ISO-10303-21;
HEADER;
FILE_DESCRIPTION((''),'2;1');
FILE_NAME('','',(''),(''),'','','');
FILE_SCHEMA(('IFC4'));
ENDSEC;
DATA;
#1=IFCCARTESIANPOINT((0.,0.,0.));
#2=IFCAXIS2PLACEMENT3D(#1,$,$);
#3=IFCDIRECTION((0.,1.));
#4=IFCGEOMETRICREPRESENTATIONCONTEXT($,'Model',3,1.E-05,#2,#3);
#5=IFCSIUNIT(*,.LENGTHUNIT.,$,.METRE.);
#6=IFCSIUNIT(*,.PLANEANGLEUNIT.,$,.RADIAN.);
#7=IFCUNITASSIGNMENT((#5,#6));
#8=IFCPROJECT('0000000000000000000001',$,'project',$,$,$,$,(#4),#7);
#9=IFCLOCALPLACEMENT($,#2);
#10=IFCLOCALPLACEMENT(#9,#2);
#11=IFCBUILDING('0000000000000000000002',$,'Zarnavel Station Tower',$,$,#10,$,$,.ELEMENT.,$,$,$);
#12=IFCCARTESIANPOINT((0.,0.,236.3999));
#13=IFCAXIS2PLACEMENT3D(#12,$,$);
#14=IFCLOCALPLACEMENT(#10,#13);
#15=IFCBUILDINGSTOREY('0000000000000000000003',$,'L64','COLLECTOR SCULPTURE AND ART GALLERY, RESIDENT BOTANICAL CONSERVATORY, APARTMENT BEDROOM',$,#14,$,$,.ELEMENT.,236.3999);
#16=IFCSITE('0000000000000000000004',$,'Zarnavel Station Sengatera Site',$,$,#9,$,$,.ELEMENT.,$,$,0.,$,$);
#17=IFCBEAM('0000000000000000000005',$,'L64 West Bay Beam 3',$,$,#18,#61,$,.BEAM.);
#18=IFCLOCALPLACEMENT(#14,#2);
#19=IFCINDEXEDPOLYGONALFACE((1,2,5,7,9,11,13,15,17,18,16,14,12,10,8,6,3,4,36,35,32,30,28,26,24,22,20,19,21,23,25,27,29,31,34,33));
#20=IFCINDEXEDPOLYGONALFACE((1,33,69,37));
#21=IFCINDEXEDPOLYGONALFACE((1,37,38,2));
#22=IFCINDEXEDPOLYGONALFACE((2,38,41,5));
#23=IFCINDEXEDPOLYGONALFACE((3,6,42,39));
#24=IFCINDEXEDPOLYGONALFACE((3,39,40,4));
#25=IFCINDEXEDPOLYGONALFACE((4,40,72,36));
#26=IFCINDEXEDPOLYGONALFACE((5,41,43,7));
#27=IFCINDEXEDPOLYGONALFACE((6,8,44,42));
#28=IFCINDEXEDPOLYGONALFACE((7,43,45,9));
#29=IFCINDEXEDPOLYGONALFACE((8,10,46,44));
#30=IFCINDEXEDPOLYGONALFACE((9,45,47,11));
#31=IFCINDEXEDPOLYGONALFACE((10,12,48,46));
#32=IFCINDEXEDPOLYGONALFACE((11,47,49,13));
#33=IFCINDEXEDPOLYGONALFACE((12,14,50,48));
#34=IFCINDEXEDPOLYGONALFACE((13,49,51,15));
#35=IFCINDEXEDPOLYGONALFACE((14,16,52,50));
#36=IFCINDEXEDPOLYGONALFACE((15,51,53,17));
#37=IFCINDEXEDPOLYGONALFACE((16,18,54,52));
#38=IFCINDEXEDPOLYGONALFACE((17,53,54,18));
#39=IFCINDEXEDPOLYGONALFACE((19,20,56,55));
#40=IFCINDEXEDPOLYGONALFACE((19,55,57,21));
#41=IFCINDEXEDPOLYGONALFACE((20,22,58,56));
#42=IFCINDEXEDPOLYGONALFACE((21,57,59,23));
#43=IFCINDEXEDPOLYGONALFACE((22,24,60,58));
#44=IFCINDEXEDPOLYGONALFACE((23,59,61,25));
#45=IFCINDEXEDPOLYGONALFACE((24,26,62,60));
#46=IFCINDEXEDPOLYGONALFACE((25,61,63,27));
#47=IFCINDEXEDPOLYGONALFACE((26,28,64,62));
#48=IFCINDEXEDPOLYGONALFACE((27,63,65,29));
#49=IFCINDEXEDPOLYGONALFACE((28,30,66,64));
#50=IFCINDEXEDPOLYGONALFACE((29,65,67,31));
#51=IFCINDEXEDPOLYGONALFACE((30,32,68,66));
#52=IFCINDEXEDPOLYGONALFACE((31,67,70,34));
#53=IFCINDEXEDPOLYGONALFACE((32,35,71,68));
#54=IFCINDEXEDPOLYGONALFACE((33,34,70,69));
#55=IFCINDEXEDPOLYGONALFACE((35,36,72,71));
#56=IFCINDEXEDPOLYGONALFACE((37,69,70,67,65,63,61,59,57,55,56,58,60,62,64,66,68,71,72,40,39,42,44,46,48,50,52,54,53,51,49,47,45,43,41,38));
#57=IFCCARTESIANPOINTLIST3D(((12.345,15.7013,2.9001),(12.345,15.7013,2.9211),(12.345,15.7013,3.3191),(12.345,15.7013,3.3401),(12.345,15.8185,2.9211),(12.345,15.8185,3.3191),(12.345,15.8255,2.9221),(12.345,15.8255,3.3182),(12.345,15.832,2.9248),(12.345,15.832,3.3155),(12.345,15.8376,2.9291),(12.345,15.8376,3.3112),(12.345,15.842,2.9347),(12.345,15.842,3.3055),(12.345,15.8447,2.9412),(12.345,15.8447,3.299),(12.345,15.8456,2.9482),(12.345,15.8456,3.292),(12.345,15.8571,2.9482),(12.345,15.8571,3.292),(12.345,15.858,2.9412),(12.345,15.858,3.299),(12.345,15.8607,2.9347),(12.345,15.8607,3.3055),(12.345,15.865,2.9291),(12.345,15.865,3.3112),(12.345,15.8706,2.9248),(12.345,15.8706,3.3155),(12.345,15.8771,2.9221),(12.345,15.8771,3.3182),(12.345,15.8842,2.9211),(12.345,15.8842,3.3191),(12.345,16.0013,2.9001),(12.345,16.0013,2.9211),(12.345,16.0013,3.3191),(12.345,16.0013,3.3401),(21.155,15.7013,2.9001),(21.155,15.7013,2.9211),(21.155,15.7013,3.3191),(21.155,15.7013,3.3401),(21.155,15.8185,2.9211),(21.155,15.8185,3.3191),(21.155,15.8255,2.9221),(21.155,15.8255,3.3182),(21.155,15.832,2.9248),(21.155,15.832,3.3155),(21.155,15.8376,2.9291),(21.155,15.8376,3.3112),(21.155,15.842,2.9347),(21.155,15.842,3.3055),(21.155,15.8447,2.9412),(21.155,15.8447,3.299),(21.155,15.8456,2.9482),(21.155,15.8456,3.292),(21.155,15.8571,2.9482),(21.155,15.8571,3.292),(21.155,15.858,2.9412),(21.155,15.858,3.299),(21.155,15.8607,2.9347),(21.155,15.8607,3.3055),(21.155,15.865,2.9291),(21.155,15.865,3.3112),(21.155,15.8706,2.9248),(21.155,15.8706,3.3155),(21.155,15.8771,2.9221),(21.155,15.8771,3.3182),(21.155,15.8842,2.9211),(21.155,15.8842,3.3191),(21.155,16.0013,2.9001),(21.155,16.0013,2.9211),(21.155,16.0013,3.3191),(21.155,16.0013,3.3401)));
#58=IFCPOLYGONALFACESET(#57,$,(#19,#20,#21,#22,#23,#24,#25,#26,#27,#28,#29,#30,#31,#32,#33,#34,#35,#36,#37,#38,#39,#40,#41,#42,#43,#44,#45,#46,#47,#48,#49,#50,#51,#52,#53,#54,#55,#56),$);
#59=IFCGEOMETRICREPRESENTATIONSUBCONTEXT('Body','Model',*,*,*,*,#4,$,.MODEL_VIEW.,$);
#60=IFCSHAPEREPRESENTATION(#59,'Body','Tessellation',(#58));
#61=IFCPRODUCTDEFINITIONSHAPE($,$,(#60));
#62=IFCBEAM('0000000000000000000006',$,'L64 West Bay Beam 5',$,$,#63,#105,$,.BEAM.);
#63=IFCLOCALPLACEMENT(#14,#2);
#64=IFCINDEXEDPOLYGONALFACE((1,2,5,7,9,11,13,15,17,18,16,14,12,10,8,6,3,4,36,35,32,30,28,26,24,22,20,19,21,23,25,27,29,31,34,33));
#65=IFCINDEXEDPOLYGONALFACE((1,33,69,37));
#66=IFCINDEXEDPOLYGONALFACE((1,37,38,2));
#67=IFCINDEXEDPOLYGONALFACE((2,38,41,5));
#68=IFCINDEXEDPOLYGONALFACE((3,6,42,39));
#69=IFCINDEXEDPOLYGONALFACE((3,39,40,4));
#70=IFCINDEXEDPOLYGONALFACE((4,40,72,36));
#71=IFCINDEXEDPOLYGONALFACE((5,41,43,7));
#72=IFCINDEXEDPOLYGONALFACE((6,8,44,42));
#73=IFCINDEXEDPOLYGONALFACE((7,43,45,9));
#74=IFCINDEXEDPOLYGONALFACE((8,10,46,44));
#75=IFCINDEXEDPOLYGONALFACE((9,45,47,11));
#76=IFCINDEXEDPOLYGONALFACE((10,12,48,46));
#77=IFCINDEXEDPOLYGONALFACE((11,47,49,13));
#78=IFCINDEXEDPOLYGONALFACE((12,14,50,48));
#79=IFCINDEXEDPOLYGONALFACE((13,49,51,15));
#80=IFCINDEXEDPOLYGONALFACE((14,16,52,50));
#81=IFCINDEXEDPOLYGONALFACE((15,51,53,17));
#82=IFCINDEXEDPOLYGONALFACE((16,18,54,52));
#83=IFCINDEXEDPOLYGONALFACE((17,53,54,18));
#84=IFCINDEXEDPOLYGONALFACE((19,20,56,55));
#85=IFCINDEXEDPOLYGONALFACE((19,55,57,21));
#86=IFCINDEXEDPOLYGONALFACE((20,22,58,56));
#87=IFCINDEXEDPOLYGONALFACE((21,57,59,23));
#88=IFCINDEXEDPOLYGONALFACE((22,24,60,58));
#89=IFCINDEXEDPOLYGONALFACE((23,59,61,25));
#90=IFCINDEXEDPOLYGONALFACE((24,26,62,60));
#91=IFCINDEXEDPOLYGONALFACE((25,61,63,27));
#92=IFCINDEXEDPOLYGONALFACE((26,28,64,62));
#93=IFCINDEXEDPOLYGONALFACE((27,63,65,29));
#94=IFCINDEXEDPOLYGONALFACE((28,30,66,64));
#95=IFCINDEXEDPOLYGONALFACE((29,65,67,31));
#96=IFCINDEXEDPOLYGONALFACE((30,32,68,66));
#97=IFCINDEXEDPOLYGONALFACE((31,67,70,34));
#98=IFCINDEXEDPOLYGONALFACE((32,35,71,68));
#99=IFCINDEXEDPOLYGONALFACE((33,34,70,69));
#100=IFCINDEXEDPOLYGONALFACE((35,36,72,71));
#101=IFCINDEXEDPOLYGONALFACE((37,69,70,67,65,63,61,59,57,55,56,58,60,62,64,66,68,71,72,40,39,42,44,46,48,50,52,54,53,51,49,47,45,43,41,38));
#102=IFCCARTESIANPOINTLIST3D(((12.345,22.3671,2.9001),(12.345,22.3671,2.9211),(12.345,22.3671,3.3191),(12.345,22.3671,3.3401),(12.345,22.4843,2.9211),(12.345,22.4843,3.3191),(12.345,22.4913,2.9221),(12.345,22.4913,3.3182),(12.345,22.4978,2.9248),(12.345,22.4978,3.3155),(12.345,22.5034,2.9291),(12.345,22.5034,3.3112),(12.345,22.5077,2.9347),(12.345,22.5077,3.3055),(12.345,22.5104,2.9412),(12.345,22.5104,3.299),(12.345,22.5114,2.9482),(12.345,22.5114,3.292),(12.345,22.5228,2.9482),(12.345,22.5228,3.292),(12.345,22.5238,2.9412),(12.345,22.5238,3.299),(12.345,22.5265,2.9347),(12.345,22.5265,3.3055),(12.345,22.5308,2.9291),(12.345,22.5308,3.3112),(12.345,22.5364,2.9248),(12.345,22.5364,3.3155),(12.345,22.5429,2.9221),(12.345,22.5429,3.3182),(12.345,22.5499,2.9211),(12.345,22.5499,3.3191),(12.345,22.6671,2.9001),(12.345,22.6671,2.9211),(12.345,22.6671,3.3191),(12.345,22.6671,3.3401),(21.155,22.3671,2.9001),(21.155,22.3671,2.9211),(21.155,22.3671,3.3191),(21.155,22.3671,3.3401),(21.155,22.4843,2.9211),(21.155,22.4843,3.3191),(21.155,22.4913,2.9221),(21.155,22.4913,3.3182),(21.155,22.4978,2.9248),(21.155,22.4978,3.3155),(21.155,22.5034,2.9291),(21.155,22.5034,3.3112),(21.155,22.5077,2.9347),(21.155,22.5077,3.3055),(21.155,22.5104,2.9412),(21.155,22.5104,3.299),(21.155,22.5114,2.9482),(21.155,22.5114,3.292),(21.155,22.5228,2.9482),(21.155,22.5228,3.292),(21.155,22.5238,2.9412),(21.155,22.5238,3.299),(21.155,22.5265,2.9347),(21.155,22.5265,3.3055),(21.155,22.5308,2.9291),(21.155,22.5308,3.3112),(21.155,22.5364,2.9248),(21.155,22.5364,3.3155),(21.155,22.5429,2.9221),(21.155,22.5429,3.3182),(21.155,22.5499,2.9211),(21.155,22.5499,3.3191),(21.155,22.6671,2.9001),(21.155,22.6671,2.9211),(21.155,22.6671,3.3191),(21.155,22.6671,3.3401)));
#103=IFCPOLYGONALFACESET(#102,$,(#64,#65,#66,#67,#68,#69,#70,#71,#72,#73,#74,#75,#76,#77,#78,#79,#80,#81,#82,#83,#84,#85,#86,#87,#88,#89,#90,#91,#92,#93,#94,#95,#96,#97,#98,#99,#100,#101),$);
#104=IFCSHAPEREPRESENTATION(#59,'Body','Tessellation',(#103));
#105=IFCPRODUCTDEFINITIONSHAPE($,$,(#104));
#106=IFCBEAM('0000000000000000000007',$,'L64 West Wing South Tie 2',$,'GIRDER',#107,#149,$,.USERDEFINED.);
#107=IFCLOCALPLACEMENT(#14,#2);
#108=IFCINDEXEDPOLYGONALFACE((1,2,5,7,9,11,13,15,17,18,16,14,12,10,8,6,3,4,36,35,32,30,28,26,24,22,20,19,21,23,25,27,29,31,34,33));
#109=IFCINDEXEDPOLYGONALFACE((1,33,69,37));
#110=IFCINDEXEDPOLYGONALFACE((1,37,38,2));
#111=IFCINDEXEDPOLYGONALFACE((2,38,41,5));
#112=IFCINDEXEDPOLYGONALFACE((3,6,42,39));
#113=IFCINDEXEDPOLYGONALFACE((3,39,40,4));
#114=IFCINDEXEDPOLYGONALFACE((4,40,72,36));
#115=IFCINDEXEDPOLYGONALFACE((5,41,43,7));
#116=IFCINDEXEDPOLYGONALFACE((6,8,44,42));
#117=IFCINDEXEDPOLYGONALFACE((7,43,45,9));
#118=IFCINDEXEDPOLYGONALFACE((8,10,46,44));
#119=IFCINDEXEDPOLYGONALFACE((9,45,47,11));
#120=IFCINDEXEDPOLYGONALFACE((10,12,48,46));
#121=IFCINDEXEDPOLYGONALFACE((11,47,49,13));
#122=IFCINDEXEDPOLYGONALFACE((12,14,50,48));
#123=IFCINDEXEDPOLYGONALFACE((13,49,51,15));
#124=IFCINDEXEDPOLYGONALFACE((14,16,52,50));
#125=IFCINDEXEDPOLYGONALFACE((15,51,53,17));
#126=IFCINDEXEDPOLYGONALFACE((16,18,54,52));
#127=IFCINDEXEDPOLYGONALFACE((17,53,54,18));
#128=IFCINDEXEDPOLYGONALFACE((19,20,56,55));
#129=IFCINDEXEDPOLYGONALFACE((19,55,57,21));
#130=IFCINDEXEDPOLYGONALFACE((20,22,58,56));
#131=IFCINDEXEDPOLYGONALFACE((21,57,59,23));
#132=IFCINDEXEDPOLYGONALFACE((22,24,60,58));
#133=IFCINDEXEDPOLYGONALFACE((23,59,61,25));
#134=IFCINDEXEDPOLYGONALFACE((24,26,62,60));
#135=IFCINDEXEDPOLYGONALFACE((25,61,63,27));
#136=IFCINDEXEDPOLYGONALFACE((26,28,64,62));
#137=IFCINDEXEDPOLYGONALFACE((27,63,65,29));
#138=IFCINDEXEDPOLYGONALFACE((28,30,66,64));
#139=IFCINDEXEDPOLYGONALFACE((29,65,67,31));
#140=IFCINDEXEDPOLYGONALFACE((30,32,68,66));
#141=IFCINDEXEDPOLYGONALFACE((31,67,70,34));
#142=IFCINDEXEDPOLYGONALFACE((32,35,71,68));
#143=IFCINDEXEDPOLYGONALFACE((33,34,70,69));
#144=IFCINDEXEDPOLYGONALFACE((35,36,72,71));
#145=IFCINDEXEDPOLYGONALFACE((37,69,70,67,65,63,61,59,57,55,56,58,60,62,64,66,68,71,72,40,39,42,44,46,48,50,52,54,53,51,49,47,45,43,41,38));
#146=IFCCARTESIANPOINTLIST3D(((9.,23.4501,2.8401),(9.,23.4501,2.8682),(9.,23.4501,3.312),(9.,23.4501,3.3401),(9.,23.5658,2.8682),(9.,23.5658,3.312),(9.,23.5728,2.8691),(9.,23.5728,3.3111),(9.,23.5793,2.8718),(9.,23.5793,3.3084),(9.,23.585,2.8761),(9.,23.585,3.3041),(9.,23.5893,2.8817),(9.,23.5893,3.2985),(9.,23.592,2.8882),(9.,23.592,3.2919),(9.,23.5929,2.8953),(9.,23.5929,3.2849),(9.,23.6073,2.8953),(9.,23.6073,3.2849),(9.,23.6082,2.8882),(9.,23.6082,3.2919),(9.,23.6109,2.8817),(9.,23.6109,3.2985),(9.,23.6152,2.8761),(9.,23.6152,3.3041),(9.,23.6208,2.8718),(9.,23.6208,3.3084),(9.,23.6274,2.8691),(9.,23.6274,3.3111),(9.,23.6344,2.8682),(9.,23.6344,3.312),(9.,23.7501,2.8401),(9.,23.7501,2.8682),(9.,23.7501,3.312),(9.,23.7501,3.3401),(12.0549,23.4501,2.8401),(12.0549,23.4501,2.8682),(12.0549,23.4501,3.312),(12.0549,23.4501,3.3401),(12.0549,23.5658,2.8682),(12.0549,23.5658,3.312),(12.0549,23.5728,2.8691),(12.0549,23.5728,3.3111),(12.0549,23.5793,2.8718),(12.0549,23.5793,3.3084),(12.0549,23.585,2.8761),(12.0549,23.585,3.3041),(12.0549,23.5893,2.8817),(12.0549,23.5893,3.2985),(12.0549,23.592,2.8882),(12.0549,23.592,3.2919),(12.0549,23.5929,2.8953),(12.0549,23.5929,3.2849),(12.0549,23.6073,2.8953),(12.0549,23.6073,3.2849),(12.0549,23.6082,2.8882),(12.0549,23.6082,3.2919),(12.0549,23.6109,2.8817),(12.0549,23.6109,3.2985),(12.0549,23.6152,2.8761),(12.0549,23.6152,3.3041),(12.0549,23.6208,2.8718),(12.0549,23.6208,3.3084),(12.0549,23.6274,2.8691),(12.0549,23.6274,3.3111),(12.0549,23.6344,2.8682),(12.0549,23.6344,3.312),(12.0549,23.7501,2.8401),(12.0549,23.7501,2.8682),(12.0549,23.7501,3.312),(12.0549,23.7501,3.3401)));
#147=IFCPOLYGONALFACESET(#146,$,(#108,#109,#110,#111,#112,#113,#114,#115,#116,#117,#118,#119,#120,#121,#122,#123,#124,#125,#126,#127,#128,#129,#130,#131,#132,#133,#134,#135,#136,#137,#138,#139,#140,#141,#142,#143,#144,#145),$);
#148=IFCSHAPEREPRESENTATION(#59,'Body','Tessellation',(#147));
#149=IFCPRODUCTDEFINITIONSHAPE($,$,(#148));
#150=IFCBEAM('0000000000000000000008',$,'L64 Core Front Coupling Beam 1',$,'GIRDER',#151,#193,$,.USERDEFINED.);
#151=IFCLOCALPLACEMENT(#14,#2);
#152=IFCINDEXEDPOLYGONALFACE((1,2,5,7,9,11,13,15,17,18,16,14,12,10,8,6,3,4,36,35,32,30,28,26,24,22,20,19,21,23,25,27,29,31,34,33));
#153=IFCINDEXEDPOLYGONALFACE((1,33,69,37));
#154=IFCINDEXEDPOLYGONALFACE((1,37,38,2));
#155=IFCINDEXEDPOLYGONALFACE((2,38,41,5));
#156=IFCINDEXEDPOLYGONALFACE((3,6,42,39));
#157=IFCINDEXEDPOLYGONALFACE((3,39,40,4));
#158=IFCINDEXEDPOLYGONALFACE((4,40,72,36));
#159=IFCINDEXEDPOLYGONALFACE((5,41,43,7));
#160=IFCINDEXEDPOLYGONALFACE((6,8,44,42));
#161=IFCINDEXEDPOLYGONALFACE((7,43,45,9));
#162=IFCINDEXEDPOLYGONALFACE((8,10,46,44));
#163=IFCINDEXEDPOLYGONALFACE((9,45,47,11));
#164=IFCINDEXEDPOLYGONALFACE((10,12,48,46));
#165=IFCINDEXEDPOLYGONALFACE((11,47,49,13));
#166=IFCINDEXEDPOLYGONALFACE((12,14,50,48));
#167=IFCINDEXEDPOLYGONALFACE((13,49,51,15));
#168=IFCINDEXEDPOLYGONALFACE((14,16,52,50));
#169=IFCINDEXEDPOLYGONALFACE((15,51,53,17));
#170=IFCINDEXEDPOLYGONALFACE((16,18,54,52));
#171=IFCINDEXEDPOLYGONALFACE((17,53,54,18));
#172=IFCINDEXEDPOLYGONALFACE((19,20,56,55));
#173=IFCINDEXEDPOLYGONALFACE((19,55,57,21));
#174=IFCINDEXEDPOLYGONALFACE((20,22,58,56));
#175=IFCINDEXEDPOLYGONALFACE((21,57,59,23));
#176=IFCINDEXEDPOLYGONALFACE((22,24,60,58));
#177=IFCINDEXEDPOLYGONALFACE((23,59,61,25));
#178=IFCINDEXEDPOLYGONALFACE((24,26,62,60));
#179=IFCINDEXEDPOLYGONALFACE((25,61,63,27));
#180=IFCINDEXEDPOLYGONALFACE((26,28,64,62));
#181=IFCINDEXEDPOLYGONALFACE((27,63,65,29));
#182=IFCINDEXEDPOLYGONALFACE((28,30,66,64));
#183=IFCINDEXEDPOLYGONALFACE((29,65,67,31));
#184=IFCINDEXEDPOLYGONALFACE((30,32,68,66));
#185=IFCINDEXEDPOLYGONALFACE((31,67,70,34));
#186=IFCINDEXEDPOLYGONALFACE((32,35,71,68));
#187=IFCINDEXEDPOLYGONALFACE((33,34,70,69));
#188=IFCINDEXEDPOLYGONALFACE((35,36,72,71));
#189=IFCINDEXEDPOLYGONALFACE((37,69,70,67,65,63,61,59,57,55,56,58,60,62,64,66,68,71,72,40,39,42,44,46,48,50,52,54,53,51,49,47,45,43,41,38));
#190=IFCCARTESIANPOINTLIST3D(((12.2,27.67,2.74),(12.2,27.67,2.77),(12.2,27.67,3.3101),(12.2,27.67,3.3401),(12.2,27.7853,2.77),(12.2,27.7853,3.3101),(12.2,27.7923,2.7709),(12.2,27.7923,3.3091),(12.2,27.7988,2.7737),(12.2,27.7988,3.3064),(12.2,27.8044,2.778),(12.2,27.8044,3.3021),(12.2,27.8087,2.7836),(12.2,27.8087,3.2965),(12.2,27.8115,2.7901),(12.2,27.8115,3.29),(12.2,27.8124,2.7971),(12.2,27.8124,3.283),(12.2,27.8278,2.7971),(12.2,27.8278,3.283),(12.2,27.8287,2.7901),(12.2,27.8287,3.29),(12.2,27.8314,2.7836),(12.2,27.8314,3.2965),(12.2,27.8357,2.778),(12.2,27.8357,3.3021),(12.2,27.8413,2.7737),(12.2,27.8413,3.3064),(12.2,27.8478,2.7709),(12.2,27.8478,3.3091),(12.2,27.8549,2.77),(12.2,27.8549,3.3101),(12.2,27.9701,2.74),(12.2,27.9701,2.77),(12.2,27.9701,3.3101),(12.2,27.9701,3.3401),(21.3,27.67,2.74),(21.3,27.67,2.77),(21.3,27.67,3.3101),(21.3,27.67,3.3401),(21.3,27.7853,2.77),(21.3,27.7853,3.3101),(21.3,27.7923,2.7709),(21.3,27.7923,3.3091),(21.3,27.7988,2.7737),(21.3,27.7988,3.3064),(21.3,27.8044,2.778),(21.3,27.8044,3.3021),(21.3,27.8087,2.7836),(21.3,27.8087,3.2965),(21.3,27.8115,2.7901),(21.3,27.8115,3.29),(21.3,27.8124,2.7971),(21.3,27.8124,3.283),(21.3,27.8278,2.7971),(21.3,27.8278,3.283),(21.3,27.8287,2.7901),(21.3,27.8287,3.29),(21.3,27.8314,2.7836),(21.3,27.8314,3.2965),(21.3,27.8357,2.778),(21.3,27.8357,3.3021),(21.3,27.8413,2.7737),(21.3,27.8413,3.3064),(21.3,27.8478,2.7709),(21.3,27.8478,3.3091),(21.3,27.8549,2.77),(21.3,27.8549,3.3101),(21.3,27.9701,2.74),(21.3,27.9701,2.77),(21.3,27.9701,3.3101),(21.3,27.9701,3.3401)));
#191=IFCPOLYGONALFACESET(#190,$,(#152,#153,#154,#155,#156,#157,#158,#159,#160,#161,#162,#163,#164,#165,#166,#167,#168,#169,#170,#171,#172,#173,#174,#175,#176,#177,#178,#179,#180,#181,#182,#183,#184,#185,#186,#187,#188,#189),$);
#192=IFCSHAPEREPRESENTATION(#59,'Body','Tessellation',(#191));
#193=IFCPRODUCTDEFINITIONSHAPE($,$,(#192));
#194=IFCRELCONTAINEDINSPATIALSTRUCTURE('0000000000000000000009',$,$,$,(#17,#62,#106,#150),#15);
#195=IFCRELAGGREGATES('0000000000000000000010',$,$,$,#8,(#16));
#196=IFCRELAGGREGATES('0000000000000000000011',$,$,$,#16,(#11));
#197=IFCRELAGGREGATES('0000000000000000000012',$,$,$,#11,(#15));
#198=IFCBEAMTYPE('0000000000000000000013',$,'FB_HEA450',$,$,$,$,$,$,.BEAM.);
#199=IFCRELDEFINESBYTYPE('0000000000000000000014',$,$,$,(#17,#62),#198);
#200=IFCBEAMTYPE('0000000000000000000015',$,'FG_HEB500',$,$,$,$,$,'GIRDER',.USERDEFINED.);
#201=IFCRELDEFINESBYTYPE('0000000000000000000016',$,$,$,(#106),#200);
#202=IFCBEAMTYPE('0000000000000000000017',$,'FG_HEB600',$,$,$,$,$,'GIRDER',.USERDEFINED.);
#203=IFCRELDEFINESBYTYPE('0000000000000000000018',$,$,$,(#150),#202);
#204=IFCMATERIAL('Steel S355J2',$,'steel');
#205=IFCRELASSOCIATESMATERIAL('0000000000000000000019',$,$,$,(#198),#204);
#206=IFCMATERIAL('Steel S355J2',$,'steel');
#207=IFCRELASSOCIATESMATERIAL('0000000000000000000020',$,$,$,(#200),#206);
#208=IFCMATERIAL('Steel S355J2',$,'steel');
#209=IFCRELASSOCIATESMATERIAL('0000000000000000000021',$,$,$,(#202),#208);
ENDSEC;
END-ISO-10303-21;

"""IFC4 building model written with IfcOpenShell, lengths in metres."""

from ifc_helpers import new_model, si_unit, direction, frame, origin, origin_2d, place, context, subcontext, project, spatial, i_section, extrude, material, material_profile, profile_set, type_object, element, save


model = new_model("IFC4")

# Units and contexts
model_context = context("Model", 3, precision=1e-05, world=origin(), true_north=direction((0.0, 1.0)))
body_context = subcontext(model_context, "Body", "Model", "MODEL_VIEW")
ifc_project = project(units=[si_unit("LENGTHUNIT", "METRE"), si_unit("PLANEANGLEUNIT", "RADIAN")], contexts=[model_context])

# Site, building, storey
site_placement = place(None, origin())
site = spatial("IfcSite", under=ifc_project, at=site_placement, Name="Zarnavel Station Sengatera Site", CompositionType="ELEMENT", RefElevation=0.0)
building_placement = place(site_placement, origin())
building = spatial("IfcBuilding", under=site, at=building_placement, Name="Zarnavel Station Tower", CompositionType="ELEMENT")
storey_placement = place(building_placement, frame((0.0, 0.0, 236.3999)))
storey = spatial("IfcBuildingStorey", under=building, at=storey_placement, Name="L64", Description="COLLECTOR SCULPTURE AND ART GALLERY, RESIDENT BOTANICAL CONSERVATORY, APARTMENT BEDROOM", CompositionType="ELEMENT", Elevation=236.3999)

# Beams
ifc_material_1 = material(Name="Steel S355J2", Category="steel")
ifc_material_profile_1 = material_profile(ifc_material_1, i_section(OverallWidth=0.3, OverallDepth=0.4399, WebThickness=0.0115, FlangeThickness=0.021, FilletRadius=0.0271, at=origin_2d()), Name="HEA450")
ifc_profile_set_1 = profile_set([ifc_material_profile_1], Name="Steel S355J2")
beam_type_1 = type_object("IfcBeamType", Name="FB_HEA450", PredefinedType="BEAM", material=ifc_profile_set_1)
for number, where, z_axis, x_axis, name in (
    (1, (12.345, 15.8513, 3.1201), (1.0, 0.0, 0.0), (0.0, 1.0, 0.0), "L64 West Bay Beam 3"),
    (2, (12.345, 22.5171, 3.1201), (1.0, 0.0, 0.0), (0.0, 1.0, 0.0), "L64 West Bay Beam 5"),
):
    element("IfcBeam", number, at=place(storey_placement, frame(where, z_axis=z_axis, x_axis=x_axis)), inside=storey, type_object=beam_type_1, Name=name, PredefinedType="BEAM", context=body_context, shape_type="SweptSolid", body=[
        extrude(i_section(OverallWidth=0.3, OverallDepth=0.4399, WebThickness=0.0115, FlangeThickness=0.021, FilletRadius=0.0271, at=origin_2d()), origin(), (0.0, 0.0, 1.0), 8.8101),
    ])
ifc_material_2 = material(Name="Steel S355J2", Category="steel")
ifc_material_profile_2 = material_profile(ifc_material_2, i_section(OverallWidth=0.3, OverallDepth=0.5, WebThickness=0.0144, FlangeThickness=0.0281, FilletRadius=0.0271, at=origin_2d()), Name="HEB500")
ifc_profile_set_2 = profile_set([ifc_material_profile_2], Name="Steel S355J2")
beam_type_2 = type_object("IfcBeamType", Name="FG_HEB500", ElementType="GIRDER", PredefinedType="USERDEFINED", material=ifc_profile_set_2)
beam_1_placement = place(storey_placement, frame((9.0, 23.6001, 3.0901), z_axis=(1.0, 0.0, 0.0), x_axis=(0.0, 1.0, 0.0)))
element("IfcBeam", 3, at=beam_1_placement, inside=storey, type_object=beam_type_2, Name="L64 West Wing South Tie 2", ObjectType="GIRDER", PredefinedType="USERDEFINED", context=body_context, shape_type="SweptSolid", body=[
    extrude(i_section(OverallWidth=0.3, OverallDepth=0.5, WebThickness=0.0144, FlangeThickness=0.0281, FilletRadius=0.0271, at=origin_2d()), origin(), (0.0, 0.0, 1.0), 3.0549),
])
ifc_material_3 = material(Name="Steel S355J2", Category="steel")
ifc_material_profile_3 = material_profile(ifc_material_3, i_section(OverallWidth=0.3, OverallDepth=0.6001, WebThickness=0.0154, FlangeThickness=0.03, FilletRadius=0.0271, at=origin_2d()), Name="HEB600")
ifc_profile_set_3 = profile_set([ifc_material_profile_3], Name="Steel S355J2")
beam_type_3 = type_object("IfcBeamType", Name="FG_HEB600", ElementType="GIRDER", PredefinedType="USERDEFINED", material=ifc_profile_set_3)
beam_2_placement = place(storey_placement, frame((12.2, 27.8201, 3.04), z_axis=(1.0, 0.0, 0.0), x_axis=(0.0, 1.0, 0.0)))
element("IfcBeam", 4, at=beam_2_placement, inside=storey, type_object=beam_type_3, Name="L64 Core Front Coupling Beam 1", ObjectType="GIRDER", PredefinedType="USERDEFINED", context=body_context, shape_type="SweptSolid", body=[
    extrude(i_section(OverallWidth=0.3, OverallDepth=0.6001, WebThickness=0.0154, FlangeThickness=0.03, FilletRadius=0.0271, at=origin_2d()), origin(), (0.0, 0.0, 1.0), 9.1001),
])

save(model, "model.ifc")
